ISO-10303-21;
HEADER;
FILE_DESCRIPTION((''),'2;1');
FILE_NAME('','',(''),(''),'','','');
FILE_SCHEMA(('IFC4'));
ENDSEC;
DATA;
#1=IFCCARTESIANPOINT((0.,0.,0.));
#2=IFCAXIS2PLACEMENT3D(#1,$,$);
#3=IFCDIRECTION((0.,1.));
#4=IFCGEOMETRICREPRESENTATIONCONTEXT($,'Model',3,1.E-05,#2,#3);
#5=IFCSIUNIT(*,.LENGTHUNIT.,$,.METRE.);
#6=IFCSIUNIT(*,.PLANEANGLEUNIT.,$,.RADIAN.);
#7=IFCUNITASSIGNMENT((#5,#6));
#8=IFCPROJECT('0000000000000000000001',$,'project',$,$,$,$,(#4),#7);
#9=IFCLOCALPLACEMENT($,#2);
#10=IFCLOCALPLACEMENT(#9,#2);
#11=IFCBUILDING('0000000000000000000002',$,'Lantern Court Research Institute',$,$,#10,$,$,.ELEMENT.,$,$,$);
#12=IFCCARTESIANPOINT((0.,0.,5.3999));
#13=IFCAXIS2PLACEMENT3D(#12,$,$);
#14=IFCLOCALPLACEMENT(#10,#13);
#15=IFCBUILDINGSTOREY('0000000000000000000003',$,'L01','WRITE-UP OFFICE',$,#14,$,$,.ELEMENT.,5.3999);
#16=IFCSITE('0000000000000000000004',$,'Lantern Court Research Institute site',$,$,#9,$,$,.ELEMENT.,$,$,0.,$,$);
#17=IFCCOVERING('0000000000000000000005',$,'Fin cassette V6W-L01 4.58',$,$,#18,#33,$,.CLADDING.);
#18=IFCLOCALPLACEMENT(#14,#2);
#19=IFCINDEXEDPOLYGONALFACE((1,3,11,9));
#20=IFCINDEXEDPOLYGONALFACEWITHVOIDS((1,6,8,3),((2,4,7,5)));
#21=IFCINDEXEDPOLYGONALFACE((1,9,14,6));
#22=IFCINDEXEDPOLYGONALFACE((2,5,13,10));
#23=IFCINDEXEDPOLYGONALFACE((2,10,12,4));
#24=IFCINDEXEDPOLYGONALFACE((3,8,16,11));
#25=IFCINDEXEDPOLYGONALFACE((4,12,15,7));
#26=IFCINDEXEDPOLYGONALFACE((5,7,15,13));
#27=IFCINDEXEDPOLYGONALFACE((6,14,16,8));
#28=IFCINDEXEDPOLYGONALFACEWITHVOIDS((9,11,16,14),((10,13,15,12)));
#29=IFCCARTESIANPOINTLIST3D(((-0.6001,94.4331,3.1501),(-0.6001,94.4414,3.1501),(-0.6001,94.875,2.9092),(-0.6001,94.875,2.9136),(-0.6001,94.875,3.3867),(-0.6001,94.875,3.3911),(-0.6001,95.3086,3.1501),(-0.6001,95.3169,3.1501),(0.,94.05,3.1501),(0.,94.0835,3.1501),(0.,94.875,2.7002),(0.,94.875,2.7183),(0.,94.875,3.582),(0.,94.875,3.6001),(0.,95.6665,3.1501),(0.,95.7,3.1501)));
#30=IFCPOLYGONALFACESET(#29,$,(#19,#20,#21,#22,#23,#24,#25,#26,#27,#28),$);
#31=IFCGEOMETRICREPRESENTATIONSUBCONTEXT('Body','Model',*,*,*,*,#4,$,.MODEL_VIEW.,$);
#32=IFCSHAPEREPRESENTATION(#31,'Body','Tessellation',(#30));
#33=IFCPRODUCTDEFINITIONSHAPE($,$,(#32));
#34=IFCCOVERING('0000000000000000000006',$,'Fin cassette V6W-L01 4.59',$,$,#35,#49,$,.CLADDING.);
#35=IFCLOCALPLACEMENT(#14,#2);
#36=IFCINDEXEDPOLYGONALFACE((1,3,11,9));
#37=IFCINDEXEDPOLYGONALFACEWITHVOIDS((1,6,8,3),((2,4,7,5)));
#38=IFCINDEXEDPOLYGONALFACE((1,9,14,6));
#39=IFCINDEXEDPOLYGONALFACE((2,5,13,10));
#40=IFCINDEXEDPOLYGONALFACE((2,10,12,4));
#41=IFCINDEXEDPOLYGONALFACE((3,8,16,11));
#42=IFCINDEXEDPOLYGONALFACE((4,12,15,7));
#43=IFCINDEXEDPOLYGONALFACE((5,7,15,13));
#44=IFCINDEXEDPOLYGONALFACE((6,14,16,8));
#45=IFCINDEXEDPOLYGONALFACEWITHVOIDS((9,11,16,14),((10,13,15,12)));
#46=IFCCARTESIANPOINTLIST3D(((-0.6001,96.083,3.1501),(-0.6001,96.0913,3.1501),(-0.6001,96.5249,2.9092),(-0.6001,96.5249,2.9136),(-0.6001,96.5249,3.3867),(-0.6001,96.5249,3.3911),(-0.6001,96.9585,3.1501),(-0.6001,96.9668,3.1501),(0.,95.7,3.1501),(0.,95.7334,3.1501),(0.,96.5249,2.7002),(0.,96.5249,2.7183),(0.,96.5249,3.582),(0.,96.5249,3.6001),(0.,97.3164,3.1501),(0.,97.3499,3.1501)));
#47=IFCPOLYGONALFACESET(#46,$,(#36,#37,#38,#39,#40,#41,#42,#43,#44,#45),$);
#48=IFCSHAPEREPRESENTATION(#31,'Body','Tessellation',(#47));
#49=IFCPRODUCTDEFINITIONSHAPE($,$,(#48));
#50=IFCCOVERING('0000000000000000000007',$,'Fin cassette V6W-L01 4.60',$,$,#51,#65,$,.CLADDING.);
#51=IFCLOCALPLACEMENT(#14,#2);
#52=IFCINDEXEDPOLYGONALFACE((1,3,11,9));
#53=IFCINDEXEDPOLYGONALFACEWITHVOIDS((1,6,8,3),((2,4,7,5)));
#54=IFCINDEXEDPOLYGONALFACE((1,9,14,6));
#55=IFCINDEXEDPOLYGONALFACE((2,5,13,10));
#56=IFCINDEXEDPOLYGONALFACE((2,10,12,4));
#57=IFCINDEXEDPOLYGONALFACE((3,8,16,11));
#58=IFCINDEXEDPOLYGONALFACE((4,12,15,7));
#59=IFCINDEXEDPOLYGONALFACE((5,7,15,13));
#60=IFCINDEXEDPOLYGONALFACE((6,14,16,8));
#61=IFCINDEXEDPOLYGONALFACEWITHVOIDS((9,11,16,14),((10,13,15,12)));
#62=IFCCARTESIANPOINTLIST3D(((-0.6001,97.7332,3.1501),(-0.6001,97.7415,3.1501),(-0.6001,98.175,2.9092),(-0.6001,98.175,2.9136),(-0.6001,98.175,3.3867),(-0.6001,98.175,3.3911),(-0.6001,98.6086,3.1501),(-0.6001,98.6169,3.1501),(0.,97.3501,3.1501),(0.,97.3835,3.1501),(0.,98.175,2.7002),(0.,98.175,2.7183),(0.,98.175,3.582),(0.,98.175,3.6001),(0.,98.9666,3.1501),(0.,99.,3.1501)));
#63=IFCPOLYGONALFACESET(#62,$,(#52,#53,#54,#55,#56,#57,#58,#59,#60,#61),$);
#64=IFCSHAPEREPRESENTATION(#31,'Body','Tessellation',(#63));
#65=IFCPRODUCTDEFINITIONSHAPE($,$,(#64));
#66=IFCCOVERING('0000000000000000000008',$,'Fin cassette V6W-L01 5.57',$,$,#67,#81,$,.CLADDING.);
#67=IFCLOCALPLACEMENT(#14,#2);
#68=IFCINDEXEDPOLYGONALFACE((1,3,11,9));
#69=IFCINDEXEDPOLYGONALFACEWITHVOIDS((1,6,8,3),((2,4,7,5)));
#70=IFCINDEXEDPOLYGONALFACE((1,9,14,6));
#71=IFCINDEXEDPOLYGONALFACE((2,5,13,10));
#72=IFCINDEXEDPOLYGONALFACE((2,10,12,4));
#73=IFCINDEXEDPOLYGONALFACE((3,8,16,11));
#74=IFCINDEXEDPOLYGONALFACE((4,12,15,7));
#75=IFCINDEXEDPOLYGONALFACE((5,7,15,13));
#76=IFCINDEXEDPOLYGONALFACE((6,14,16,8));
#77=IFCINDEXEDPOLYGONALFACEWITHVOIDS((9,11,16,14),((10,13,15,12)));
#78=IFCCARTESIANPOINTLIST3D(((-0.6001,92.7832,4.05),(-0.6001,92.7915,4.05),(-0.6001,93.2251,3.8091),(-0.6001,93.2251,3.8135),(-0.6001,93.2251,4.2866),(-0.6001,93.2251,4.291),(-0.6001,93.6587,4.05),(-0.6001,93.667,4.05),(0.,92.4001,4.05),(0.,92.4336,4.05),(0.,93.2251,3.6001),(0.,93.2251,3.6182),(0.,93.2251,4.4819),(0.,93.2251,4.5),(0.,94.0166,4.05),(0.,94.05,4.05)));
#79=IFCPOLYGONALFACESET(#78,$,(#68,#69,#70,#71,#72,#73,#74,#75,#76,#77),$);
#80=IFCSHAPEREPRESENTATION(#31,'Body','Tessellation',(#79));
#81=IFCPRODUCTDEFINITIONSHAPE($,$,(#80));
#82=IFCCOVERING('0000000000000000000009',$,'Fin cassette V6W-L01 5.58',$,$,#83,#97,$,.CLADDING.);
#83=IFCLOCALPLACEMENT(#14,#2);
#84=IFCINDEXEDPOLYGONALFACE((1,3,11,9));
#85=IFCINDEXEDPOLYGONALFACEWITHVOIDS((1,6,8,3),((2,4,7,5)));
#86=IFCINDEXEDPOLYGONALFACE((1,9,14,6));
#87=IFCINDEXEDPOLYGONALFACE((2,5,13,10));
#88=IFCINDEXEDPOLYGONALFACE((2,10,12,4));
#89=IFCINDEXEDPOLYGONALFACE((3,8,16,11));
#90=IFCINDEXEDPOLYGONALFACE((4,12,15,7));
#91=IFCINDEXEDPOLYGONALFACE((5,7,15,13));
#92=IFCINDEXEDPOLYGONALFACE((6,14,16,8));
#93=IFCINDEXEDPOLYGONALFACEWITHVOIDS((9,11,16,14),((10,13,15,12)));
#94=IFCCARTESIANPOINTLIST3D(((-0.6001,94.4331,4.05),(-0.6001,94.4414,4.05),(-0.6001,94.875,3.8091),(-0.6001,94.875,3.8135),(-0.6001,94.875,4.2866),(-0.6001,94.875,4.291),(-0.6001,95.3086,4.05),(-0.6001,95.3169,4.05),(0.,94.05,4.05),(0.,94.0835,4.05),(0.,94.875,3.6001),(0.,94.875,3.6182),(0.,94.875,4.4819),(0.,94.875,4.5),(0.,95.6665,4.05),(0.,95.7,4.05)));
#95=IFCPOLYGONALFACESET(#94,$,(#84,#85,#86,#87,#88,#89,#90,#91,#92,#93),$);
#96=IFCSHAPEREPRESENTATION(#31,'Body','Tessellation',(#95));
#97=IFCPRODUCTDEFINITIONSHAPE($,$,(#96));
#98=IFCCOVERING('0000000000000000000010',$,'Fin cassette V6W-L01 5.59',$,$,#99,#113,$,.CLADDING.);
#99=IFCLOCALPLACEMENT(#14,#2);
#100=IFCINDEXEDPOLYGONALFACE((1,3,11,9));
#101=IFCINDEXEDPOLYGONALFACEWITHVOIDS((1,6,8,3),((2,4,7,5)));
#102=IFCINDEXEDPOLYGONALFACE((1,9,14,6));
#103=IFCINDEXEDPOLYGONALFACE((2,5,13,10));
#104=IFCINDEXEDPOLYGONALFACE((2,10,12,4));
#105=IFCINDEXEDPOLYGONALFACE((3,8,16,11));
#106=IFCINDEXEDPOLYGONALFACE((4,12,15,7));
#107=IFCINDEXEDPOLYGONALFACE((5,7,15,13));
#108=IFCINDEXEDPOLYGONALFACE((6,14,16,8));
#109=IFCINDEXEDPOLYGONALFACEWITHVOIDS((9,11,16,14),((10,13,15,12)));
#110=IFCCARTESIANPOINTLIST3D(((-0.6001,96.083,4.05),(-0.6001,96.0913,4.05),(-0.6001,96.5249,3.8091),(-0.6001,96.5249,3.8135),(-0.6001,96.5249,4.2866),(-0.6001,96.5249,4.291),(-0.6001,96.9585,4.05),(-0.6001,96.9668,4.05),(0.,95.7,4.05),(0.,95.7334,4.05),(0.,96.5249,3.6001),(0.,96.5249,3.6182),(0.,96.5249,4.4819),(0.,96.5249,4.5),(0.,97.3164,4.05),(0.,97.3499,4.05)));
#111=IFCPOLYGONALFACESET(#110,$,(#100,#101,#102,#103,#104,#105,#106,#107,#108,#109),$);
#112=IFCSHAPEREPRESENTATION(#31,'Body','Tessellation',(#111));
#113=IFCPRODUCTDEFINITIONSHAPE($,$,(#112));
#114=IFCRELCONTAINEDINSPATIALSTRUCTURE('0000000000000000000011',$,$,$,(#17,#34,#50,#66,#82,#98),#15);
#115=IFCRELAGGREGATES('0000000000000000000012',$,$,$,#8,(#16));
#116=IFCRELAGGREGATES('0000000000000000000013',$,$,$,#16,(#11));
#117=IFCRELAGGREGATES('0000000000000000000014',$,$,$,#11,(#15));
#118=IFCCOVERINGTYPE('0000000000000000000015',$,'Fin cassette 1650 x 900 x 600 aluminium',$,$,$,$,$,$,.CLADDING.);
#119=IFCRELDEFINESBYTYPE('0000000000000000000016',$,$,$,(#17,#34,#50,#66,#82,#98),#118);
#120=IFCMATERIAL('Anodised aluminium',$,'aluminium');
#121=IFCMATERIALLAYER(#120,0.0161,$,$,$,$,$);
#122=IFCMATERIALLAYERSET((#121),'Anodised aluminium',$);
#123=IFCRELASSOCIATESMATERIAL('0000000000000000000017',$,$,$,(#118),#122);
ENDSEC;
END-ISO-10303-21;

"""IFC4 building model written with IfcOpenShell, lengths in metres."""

from ifc_helpers import new_model, entity, si_unit, direction, frame, origin, place, context, subcontext, project, spatial, material, layer, layer_set, type_object, element, save


model = new_model("IFC4")

# Units and contexts
model_context = context("Model", 3, precision=1e-05, world=origin(), true_north=direction((0.0, 1.0)))
body_context = subcontext(model_context, "Body", "Model", "MODEL_VIEW")
ifc_project = project(units=[si_unit("LENGTHUNIT", "METRE"), si_unit("PLANEANGLEUNIT", "RADIAN")], contexts=[model_context])

# Site, building, storey
site_placement = place(None, origin())
site = spatial("IfcSite", under=ifc_project, at=site_placement, Name="Lantern Court Research Institute site", CompositionType="ELEMENT", RefElevation=0.0)
building_placement = place(site_placement, origin())
building = spatial("IfcBuilding", under=site, at=building_placement, Name="Lantern Court Research Institute", CompositionType="ELEMENT")
storey_placement = place(building_placement, frame((0.0, 0.0, 5.3999)))
storey = spatial("IfcBuildingStorey", under=building, at=storey_placement, Name="L01", Description="WRITE-UP OFFICE", CompositionType="ELEMENT", Elevation=5.3999)

# Coverings
ifc_material_1 = material(Name="Anodised aluminium", Category="aluminium")
ifc_layer_1 = layer(ifc_material_1, 0.0161)
ifc_layer_set_1 = layer_set([ifc_layer_1], Name="Anodised aluminium")
covering_type = type_object("IfcCoveringType", Name="Fin cassette 1650 x 900 x 600 aluminium", PredefinedType="CLADDING", material=ifc_layer_set_1)
covering_1_placement = place(storey_placement, frame((0.0, 94.875, 3.1501), z_axis=(-1.0, 0.0, 0.0), x_axis=(0.0, -1.0, 0.0)))
cartesian_point_1 = entity("IfcCartesianPoint", [0.825, 0.0])
cartesian_point_2 = entity("IfcCartesianPoint", [0.7915, 0.0])
cartesian_point_3 = entity("IfcCartesianPoint", [0.4419, 0.0])
cartesian_point_4 = entity("IfcCartesianPoint", [0.4336, 0.0])
element("IfcCovering", 1, at=covering_1_placement, inside=storey, type_object=covering_type, Name="Fin cassette V6W-L01 4.58", PredefinedType="CLADDING", context=body_context, shape_type="SweptSolid", body=[
    entity("IfcExtrudedAreaSolidTapered", entity("IfcArbitraryProfileDefWithVoids", "AREA", None, entity("IfcPolyline", [cartesian_point_1, entity("IfcCartesianPoint", [0.0, 0.45]), entity("IfcCartesianPoint", [-0.825, 0.0]), entity("IfcCartesianPoint", [0.0, -0.45]), cartesian_point_1]), [entity("IfcPolyline", [cartesian_point_2, entity("IfcCartesianPoint", [0.0, 0.4319]), entity("IfcCartesianPoint", [-0.7915, 0.0]), entity("IfcCartesianPoint", [0.0, -0.4319]), cartesian_point_2])]), entity("IfcAxis2Placement3D", entity("IfcCartesianPoint", [0.0, 0.0, 0.0])), entity("IfcDirection", [0.0, 0.0, 1.0]), 0.6001, entity("IfcArbitraryProfileDefWithVoids", "AREA", None, entity("IfcPolyline", [cartesian_point_3, entity("IfcCartesianPoint", [0.0, 0.241]), entity("IfcCartesianPoint", [-0.4419, 0.0]), entity("IfcCartesianPoint", [0.0, -0.241]), cartesian_point_3]), [entity("IfcPolyline", [cartesian_point_4, entity("IfcCartesianPoint", [0.0, 0.2366]), entity("IfcCartesianPoint", [-0.4336, 0.0]), entity("IfcCartesianPoint", [0.0, -0.2366]), cartesian_point_4])])),
])
covering_2_placement = place(storey_placement, frame((0.0, 96.5249, 3.1501), z_axis=(-1.0, 0.0, 0.0), x_axis=(0.0, -1.0, 0.0)))
cartesian_point_5 = entity("IfcCartesianPoint", [0.825, 0.0])
cartesian_point_6 = entity("IfcCartesianPoint", [0.7915, 0.0])
cartesian_point_7 = entity("IfcCartesianPoint", [0.4419, 0.0])
cartesian_point_8 = entity("IfcCartesianPoint", [0.4336, 0.0])
element("IfcCovering", 2, at=covering_2_placement, inside=storey, type_object=covering_type, Name="Fin cassette V6W-L01 4.59", PredefinedType="CLADDING", context=body_context, shape_type="SweptSolid", body=[
    entity("IfcExtrudedAreaSolidTapered", entity("IfcArbitraryProfileDefWithVoids", "AREA", None, entity("IfcPolyline", [cartesian_point_5, entity("IfcCartesianPoint", [0.0, 0.45]), entity("IfcCartesianPoint", [-0.825, 0.0]), entity("IfcCartesianPoint", [0.0, -0.45]), cartesian_point_5]), [entity("IfcPolyline", [cartesian_point_6, entity("IfcCartesianPoint", [0.0, 0.4319]), entity("IfcCartesianPoint", [-0.7915, 0.0]), entity("IfcCartesianPoint", [0.0, -0.4319]), cartesian_point_6])]), entity("IfcAxis2Placement3D", entity("IfcCartesianPoint", [0.0, 0.0, 0.0])), entity("IfcDirection", [0.0, 0.0, 1.0]), 0.6001, entity("IfcArbitraryProfileDefWithVoids", "AREA", None, entity("IfcPolyline", [cartesian_point_7, entity("IfcCartesianPoint", [0.0, 0.241]), entity("IfcCartesianPoint", [-0.4419, 0.0]), entity("IfcCartesianPoint", [0.0, -0.241]), cartesian_point_7]), [entity("IfcPolyline", [cartesian_point_8, entity("IfcCartesianPoint", [0.0, 0.2366]), entity("IfcCartesianPoint", [-0.4336, 0.0]), entity("IfcCartesianPoint", [0.0, -0.2366]), cartesian_point_8])])),
])
covering_3_placement = place(storey_placement, frame((0.0, 98.175, 3.1501), z_axis=(-1.0, 0.0, 0.0), x_axis=(0.0, -1.0, 0.0)))
cartesian_point_9 = entity("IfcCartesianPoint", [0.825, 0.0])
cartesian_point_10 = entity("IfcCartesianPoint", [0.7915, 0.0])
cartesian_point_11 = entity("IfcCartesianPoint", [0.4419, 0.0])
cartesian_point_12 = entity("IfcCartesianPoint", [0.4336, 0.0])
element("IfcCovering", 3, at=covering_3_placement, inside=storey, type_object=covering_type, Name="Fin cassette V6W-L01 4.60", PredefinedType="CLADDING", context=body_context, shape_type="SweptSolid", body=[
    entity("IfcExtrudedAreaSolidTapered", entity("IfcArbitraryProfileDefWithVoids", "AREA", None, entity("IfcPolyline", [cartesian_point_9, entity("IfcCartesianPoint", [0.0, 0.45]), entity("IfcCartesianPoint", [-0.825, 0.0]), entity("IfcCartesianPoint", [0.0, -0.45]), cartesian_point_9]), [entity("IfcPolyline", [cartesian_point_10, entity("IfcCartesianPoint", [0.0, 0.4319]), entity("IfcCartesianPoint", [-0.7915, 0.0]), entity("IfcCartesianPoint", [0.0, -0.4319]), cartesian_point_10])]), entity("IfcAxis2Placement3D", entity("IfcCartesianPoint", [0.0, 0.0, 0.0])), entity("IfcDirection", [0.0, 0.0, 1.0]), 0.6001, entity("IfcArbitraryProfileDefWithVoids", "AREA", None, entity("IfcPolyline", [cartesian_point_11, entity("IfcCartesianPoint", [0.0, 0.241]), entity("IfcCartesianPoint", [-0.4419, 0.0]), entity("IfcCartesianPoint", [0.0, -0.241]), cartesian_point_11]), [entity("IfcPolyline", [cartesian_point_12, entity("IfcCartesianPoint", [0.0, 0.2366]), entity("IfcCartesianPoint", [-0.4336, 0.0]), entity("IfcCartesianPoint", [0.0, -0.2366]), cartesian_point_12])])),
])
covering_4_placement = place(storey_placement, frame((0.0, 93.2251, 4.05), z_axis=(-1.0, 0.0, 0.0), x_axis=(0.0, -1.0, 0.0)))
cartesian_point_13 = entity("IfcCartesianPoint", [0.825, 0.0])
cartesian_point_14 = entity("IfcCartesianPoint", [0.7915, 0.0])
cartesian_point_15 = entity("IfcCartesianPoint", [0.4419, 0.0])
cartesian_point_16 = entity("IfcCartesianPoint", [0.4336, 0.0])
element("IfcCovering", 4, at=covering_4_placement, inside=storey, type_object=covering_type, Name="Fin cassette V6W-L01 5.57", PredefinedType="CLADDING", context=body_context, shape_type="SweptSolid", body=[
    entity("IfcExtrudedAreaSolidTapered", entity("IfcArbitraryProfileDefWithVoids", "AREA", None, entity("IfcPolyline", [cartesian_point_13, entity("IfcCartesianPoint", [0.0, 0.45]), entity("IfcCartesianPoint", [-0.825, 0.0]), entity("IfcCartesianPoint", [0.0, -0.45]), cartesian_point_13]), [entity("IfcPolyline", [cartesian_point_14, entity("IfcCartesianPoint", [0.0, 0.4319]), entity("IfcCartesianPoint", [-0.7915, 0.0]), entity("IfcCartesianPoint", [0.0, -0.4319]), cartesian_point_14])]), entity("IfcAxis2Placement3D", entity("IfcCartesianPoint", [0.0, 0.0, 0.0])), entity("IfcDirection", [0.0, 0.0, 1.0]), 0.6001, entity("IfcArbitraryProfileDefWithVoids", "AREA", None, entity("IfcPolyline", [cartesian_point_15, entity("IfcCartesianPoint", [0.0, 0.241]), entity("IfcCartesianPoint", [-0.4419, 0.0]), entity("IfcCartesianPoint", [0.0, -0.241]), cartesian_point_15]), [entity("IfcPolyline", [cartesian_point_16, entity("IfcCartesianPoint", [0.0, 0.2366]), entity("IfcCartesianPoint", [-0.4336, 0.0]), entity("IfcCartesianPoint", [0.0, -0.2366]), cartesian_point_16])])),
])
covering_5_placement = place(storey_placement, frame((0.0, 94.875, 4.05), z_axis=(-1.0, 0.0, 0.0), x_axis=(0.0, -1.0, 0.0)))
cartesian_point_17 = entity("IfcCartesianPoint", [0.825, 0.0])
cartesian_point_18 = entity("IfcCartesianPoint", [0.7915, 0.0])
cartesian_point_19 = entity("IfcCartesianPoint", [0.4419, 0.0])
cartesian_point_20 = entity("IfcCartesianPoint", [0.4336, 0.0])
element("IfcCovering", 5, at=covering_5_placement, inside=storey, type_object=covering_type, Name="Fin cassette V6W-L01 5.58", PredefinedType="CLADDING", context=body_context, shape_type="SweptSolid", body=[
    entity("IfcExtrudedAreaSolidTapered", entity("IfcArbitraryProfileDefWithVoids", "AREA", None, entity("IfcPolyline", [cartesian_point_17, entity("IfcCartesianPoint", [0.0, 0.45]), entity("IfcCartesianPoint", [-0.825, 0.0]), entity("IfcCartesianPoint", [0.0, -0.45]), cartesian_point_17]), [entity("IfcPolyline", [cartesian_point_18, entity("IfcCartesianPoint", [0.0, 0.4319]), entity("IfcCartesianPoint", [-0.7915, 0.0]), entity("IfcCartesianPoint", [0.0, -0.4319]), cartesian_point_18])]), entity("IfcAxis2Placement3D", entity("IfcCartesianPoint", [0.0, 0.0, 0.0])), entity("IfcDirection", [0.0, 0.0, 1.0]), 0.6001, entity("IfcArbitraryProfileDefWithVoids", "AREA", None, entity("IfcPolyline", [cartesian_point_19, entity("IfcCartesianPoint", [0.0, 0.241]), entity("IfcCartesianPoint", [-0.4419, 0.0]), entity("IfcCartesianPoint", [0.0, -0.241]), cartesian_point_19]), [entity("IfcPolyline", [cartesian_point_20, entity("IfcCartesianPoint", [0.0, 0.2366]), entity("IfcCartesianPoint", [-0.4336, 0.0]), entity("IfcCartesianPoint", [0.0, -0.2366]), cartesian_point_20])])),
])
covering_6_placement = place(storey_placement, frame((0.0, 96.5249, 4.05), z_axis=(-1.0, 0.0, 0.0), x_axis=(0.0, -1.0, 0.0)))
cartesian_point_21 = entity("IfcCartesianPoint", [0.825, 0.0])
cartesian_point_22 = entity("IfcCartesianPoint", [0.7915, 0.0])
cartesian_point_23 = entity("IfcCartesianPoint", [0.4419, 0.0])
cartesian_point_24 = entity("IfcCartesianPoint", [0.4336, 0.0])
element("IfcCovering", 6, at=covering_6_placement, inside=storey, type_object=covering_type, Name="Fin cassette V6W-L01 5.59", PredefinedType="CLADDING", context=body_context, shape_type="SweptSolid", body=[
    entity("IfcExtrudedAreaSolidTapered", entity("IfcArbitraryProfileDefWithVoids", "AREA", None, entity("IfcPolyline", [cartesian_point_21, entity("IfcCartesianPoint", [0.0, 0.45]), entity("IfcCartesianPoint", [-0.825, 0.0]), entity("IfcCartesianPoint", [0.0, -0.45]), cartesian_point_21]), [entity("IfcPolyline", [cartesian_point_22, entity("IfcCartesianPoint", [0.0, 0.4319]), entity("IfcCartesianPoint", [-0.7915, 0.0]), entity("IfcCartesianPoint", [0.0, -0.4319]), cartesian_point_22])]), entity("IfcAxis2Placement3D", entity("IfcCartesianPoint", [0.0, 0.0, 0.0])), entity("IfcDirection", [0.0, 0.0, 1.0]), 0.6001, entity("IfcArbitraryProfileDefWithVoids", "AREA", None, entity("IfcPolyline", [cartesian_point_23, entity("IfcCartesianPoint", [0.0, 0.241]), entity("IfcCartesianPoint", [-0.4419, 0.0]), entity("IfcCartesianPoint", [0.0, -0.241]), cartesian_point_23]), [entity("IfcPolyline", [cartesian_point_24, entity("IfcCartesianPoint", [0.0, 0.2366]), entity("IfcCartesianPoint", [-0.4336, 0.0]), entity("IfcCartesianPoint", [0.0, -0.2366]), cartesian_point_24])])),
])

save(model, "model.ifc")
